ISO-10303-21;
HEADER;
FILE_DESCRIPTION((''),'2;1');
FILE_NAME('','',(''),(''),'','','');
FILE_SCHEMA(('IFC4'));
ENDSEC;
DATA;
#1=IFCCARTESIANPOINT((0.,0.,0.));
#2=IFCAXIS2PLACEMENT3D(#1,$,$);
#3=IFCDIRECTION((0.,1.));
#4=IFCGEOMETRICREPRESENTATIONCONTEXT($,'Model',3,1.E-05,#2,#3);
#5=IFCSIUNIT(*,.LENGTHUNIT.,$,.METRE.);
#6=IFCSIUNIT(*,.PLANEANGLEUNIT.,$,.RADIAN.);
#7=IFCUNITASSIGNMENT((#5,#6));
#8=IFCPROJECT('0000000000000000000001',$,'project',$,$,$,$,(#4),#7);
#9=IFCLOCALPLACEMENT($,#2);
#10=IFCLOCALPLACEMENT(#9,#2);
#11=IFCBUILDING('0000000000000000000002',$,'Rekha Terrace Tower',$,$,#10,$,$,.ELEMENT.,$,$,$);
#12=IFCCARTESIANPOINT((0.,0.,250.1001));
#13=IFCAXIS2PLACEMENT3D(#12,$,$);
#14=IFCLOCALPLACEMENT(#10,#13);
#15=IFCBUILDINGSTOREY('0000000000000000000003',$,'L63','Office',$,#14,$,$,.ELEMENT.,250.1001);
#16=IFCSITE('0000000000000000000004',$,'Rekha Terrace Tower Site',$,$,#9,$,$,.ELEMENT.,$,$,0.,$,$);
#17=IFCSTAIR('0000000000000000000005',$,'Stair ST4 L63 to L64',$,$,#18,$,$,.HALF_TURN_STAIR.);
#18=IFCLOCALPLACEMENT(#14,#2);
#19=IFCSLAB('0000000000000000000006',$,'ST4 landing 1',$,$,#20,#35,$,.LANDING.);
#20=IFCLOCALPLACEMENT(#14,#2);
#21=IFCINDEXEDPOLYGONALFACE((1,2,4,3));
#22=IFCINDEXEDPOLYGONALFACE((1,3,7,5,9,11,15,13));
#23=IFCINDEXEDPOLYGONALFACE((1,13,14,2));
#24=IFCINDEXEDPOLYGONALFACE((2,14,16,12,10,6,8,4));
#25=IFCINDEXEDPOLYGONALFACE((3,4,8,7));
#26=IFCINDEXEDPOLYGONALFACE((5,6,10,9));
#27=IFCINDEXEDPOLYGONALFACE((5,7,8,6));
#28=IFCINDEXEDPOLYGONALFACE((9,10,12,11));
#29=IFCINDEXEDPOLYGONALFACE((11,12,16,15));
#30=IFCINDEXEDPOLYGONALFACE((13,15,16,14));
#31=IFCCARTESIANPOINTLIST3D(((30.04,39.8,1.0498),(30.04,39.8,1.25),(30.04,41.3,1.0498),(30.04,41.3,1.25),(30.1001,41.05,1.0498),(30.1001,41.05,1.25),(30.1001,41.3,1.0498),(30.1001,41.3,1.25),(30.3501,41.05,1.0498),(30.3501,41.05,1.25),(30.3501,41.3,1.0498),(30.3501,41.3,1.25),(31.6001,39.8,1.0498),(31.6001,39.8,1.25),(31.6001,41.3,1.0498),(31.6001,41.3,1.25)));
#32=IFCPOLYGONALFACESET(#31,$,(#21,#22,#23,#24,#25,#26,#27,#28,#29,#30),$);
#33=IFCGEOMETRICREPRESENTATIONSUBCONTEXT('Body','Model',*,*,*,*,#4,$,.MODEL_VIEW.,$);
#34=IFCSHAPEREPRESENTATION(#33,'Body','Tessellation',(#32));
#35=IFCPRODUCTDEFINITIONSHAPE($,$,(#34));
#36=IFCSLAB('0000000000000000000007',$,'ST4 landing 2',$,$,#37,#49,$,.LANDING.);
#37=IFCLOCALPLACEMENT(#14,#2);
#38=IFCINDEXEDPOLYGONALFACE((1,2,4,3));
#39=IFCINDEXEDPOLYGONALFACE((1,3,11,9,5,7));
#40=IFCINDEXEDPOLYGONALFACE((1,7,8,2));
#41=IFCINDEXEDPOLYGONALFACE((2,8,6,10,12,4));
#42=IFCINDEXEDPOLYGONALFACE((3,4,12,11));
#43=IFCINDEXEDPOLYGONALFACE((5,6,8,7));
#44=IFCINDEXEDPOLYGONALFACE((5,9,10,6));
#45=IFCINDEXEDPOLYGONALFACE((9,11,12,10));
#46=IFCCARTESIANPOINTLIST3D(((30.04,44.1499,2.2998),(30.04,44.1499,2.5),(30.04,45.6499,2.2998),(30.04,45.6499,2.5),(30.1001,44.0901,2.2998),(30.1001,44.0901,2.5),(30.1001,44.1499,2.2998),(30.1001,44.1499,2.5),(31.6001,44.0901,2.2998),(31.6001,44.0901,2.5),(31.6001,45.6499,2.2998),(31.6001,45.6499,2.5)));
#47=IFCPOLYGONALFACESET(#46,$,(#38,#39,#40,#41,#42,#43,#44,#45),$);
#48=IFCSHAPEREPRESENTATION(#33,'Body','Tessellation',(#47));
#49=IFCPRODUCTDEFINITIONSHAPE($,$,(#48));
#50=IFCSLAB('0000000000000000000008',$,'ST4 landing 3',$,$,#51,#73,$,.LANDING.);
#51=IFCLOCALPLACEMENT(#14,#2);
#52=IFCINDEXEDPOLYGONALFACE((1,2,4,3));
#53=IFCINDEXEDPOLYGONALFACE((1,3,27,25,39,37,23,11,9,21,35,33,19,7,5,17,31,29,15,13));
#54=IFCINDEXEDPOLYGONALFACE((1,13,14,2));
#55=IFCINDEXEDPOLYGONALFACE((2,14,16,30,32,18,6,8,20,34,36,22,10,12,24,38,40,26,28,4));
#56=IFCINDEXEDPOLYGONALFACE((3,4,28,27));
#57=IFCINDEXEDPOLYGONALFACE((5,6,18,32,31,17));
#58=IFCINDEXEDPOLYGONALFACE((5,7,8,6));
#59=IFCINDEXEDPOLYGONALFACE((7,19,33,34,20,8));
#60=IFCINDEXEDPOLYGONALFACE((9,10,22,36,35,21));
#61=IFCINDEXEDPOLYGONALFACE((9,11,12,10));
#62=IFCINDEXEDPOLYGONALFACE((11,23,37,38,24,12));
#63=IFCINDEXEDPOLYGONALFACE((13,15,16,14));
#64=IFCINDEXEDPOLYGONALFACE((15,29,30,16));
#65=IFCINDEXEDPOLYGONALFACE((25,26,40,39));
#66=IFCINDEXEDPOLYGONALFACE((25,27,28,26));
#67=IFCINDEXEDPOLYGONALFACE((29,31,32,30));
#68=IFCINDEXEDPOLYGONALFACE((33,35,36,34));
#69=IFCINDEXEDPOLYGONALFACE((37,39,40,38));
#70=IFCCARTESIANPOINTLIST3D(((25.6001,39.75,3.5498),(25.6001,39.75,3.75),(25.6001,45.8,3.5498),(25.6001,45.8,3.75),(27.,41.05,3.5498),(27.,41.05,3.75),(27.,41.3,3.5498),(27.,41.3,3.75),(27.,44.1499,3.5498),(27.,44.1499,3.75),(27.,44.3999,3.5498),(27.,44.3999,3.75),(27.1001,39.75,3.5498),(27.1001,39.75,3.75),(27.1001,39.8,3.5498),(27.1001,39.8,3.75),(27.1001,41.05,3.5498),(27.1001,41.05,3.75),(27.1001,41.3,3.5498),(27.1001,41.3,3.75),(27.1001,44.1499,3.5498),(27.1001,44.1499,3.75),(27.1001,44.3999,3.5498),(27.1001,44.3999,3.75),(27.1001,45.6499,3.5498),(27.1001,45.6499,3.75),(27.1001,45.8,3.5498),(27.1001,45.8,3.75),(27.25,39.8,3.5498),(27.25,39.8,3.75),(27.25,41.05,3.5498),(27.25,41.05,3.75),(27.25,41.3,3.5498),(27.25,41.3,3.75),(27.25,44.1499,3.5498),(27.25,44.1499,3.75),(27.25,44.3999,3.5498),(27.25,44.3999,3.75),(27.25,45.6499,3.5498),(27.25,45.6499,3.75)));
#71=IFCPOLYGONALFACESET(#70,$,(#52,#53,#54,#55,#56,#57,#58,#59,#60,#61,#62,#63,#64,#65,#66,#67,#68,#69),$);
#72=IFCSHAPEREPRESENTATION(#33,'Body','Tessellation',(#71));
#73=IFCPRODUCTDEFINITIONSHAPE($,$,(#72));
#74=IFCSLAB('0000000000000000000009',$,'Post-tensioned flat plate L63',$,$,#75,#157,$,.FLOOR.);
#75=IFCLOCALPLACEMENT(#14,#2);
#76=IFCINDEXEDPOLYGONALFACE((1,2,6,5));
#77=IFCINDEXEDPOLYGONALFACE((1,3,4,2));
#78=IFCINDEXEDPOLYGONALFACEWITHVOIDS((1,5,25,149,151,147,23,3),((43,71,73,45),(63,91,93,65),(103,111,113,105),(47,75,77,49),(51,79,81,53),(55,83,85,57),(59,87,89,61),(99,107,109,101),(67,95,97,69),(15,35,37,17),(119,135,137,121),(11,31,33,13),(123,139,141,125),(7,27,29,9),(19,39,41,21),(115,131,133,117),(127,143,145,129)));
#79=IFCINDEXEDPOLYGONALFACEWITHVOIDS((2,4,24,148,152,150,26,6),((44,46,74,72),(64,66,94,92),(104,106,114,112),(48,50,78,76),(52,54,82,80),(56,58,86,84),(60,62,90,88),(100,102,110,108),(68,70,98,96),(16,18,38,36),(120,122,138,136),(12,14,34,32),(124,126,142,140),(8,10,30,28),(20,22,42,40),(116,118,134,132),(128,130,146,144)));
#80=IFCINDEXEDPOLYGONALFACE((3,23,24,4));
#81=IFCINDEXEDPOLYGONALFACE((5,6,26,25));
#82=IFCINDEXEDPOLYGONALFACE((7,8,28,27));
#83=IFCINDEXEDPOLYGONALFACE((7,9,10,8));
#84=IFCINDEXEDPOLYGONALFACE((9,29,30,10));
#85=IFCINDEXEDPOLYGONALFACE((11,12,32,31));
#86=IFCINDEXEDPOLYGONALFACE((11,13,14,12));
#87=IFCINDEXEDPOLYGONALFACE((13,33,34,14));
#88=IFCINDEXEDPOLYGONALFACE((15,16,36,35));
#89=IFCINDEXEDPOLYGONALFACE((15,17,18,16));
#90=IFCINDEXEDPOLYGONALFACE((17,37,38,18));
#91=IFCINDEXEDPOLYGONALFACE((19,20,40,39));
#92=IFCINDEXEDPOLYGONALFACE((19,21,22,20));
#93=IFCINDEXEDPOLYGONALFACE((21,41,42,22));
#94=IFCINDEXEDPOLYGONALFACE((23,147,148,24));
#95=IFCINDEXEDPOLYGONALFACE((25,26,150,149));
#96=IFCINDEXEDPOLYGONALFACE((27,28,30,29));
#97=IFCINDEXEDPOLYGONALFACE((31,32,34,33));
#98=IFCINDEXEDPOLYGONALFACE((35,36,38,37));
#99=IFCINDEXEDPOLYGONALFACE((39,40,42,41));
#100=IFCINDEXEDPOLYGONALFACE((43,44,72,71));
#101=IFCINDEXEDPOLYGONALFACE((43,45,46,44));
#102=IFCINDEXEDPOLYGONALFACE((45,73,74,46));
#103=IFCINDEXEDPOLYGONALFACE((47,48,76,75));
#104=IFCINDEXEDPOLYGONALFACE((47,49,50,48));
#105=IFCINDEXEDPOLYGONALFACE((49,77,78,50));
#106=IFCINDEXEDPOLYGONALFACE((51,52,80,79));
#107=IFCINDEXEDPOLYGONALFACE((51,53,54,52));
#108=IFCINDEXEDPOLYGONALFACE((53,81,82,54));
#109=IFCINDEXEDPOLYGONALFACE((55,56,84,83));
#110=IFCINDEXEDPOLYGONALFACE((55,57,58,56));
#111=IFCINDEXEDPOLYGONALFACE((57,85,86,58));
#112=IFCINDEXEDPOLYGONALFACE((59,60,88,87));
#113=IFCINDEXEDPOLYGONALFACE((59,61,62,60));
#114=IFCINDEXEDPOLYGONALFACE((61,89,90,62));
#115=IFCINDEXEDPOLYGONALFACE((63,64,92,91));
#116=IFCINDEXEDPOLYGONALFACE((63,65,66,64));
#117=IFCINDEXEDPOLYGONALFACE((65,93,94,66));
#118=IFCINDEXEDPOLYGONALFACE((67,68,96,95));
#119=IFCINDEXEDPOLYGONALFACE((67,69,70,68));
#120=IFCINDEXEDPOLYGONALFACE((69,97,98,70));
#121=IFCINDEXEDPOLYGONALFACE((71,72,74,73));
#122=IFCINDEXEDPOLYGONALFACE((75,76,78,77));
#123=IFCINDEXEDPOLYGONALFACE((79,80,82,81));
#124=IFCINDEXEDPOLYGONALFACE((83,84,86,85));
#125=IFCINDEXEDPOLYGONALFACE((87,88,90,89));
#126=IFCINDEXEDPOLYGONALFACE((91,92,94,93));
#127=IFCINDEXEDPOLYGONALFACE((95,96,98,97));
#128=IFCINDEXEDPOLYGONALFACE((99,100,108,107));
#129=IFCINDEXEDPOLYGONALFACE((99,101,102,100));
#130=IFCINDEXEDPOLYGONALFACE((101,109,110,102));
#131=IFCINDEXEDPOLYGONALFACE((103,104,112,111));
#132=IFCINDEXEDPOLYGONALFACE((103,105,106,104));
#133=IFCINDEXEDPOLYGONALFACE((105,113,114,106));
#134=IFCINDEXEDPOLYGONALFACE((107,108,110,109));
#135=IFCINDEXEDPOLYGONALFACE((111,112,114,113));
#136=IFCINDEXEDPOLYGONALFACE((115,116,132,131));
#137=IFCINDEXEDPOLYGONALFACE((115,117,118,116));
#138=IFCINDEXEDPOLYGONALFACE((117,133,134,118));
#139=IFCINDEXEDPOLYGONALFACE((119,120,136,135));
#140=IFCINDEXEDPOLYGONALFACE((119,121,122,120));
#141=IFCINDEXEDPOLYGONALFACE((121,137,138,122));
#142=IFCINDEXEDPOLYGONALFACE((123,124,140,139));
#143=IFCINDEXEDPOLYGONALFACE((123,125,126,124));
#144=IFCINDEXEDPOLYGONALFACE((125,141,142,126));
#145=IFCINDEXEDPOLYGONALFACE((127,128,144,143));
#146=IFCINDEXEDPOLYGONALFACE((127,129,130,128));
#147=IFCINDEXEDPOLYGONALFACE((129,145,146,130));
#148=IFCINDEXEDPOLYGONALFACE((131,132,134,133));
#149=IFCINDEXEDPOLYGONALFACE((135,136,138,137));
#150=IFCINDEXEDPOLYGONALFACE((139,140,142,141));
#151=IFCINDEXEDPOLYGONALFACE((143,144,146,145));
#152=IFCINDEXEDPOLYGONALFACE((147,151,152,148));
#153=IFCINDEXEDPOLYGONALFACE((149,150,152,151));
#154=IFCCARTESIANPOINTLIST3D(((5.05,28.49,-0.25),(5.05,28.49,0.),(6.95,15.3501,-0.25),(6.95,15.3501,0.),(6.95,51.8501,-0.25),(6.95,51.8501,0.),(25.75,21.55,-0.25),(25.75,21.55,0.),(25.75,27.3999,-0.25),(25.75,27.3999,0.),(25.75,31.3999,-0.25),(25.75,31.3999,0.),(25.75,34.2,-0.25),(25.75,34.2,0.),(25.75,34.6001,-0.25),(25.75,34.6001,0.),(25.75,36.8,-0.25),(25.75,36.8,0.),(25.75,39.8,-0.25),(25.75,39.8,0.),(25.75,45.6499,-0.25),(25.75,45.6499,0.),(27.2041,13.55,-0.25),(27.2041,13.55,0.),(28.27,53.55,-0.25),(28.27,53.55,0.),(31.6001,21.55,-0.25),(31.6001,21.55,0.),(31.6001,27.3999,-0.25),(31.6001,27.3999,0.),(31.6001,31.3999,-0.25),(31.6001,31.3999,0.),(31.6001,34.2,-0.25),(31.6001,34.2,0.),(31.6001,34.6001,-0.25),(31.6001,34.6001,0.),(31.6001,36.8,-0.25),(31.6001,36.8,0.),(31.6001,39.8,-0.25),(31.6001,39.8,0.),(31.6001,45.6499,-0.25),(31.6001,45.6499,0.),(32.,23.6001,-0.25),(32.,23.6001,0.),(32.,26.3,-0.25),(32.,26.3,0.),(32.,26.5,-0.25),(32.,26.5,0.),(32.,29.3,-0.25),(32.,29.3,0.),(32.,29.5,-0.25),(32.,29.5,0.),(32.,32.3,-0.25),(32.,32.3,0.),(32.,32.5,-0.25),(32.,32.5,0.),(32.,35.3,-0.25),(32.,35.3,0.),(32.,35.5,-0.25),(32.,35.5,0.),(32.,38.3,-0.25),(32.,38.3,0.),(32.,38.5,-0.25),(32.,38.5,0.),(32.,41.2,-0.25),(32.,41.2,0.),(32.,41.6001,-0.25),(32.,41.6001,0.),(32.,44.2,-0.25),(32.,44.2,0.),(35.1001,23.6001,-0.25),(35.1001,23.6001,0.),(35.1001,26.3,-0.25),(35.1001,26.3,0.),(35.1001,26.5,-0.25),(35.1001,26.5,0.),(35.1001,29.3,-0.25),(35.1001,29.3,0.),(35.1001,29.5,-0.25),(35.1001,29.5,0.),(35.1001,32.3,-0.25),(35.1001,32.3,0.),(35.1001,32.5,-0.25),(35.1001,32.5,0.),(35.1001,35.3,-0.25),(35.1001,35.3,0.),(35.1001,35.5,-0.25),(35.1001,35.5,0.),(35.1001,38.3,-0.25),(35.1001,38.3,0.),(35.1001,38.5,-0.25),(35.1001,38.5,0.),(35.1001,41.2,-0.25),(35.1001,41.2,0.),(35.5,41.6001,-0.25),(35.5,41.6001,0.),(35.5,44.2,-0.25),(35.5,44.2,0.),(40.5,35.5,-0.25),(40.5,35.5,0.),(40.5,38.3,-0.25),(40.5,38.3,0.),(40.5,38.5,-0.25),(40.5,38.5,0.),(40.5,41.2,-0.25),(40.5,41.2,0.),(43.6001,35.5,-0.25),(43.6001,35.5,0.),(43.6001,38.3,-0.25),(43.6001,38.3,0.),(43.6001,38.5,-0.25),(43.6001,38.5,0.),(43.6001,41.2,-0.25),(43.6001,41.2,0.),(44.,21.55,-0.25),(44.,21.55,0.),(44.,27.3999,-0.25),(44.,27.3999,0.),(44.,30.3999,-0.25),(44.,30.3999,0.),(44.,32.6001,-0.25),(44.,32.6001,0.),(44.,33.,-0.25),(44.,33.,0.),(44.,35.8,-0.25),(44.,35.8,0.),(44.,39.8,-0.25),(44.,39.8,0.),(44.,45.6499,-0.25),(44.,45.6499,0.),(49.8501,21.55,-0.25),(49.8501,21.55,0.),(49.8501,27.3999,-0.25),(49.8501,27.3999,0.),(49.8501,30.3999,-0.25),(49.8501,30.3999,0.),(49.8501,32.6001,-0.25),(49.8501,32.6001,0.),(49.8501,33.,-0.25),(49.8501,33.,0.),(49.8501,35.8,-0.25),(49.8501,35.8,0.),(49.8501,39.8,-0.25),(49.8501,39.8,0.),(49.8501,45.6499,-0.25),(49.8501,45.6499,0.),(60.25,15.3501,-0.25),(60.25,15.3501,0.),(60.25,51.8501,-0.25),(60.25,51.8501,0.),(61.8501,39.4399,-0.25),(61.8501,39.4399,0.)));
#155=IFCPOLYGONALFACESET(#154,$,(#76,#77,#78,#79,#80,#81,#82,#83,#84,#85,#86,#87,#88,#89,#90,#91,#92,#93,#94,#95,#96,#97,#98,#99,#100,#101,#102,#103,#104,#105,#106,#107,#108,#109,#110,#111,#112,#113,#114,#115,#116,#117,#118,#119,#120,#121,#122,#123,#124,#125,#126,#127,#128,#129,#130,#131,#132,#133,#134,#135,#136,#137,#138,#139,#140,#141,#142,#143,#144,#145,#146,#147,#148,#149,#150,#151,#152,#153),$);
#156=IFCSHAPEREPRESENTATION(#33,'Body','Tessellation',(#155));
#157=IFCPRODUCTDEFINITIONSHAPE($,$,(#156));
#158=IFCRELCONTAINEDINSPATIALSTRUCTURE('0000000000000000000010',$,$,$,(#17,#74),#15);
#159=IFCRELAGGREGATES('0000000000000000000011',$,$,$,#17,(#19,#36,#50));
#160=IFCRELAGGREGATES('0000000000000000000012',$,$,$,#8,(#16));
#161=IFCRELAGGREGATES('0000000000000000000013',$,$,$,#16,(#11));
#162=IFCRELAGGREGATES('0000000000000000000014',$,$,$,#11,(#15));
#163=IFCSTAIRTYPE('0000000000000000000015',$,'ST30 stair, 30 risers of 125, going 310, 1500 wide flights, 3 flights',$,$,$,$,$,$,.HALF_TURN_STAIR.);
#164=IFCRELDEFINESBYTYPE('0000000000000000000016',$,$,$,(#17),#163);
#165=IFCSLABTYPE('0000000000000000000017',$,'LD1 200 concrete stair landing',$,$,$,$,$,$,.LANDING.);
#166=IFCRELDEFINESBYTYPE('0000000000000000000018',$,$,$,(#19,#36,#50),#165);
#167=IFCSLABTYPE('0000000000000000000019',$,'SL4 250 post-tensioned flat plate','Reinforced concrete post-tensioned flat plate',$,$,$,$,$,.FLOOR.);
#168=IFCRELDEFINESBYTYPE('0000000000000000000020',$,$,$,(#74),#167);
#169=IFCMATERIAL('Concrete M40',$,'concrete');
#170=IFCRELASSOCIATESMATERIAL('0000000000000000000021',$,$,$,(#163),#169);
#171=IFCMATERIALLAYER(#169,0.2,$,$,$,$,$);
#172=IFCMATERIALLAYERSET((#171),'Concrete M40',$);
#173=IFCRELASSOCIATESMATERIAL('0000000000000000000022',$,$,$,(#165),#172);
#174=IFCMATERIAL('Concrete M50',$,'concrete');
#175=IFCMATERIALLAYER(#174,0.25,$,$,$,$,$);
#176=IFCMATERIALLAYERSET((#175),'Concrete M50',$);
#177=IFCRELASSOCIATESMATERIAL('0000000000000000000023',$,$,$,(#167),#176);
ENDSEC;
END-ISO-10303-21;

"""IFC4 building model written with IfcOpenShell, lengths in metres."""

from ifc_helpers import new_model, si_unit, direction, frame, origin, place, context, subcontext, project, spatial, polyline, outline, extrude, material, layer, layer_set, type_object, element, aggregate, save


model = new_model("IFC4")

# Units and contexts
model_context = context("Model", 3, precision=1e-05, world=origin(), true_north=direction((0.0, 1.0)))
body_context = subcontext(model_context, "Body", "Model", "MODEL_VIEW")
ifc_project = project(units=[si_unit("LENGTHUNIT", "METRE"), si_unit("PLANEANGLEUNIT", "RADIAN")], contexts=[model_context])

# Site, building, storey
site_placement = place(None, origin())
site = spatial("IfcSite", under=ifc_project, at=site_placement, Name="Rekha Terrace Tower Site", CompositionType="ELEMENT", RefElevation=0.0)
building_placement = place(site_placement, origin())
building = spatial("IfcBuilding", under=site, at=building_placement, Name="Rekha Terrace Tower", CompositionType="ELEMENT")
storey_placement = place(building_placement, frame((0.0, 0.0, 250.1001)))
storey = spatial("IfcBuildingStorey", under=building, at=storey_placement, Name="L63", Description="Office", CompositionType="ELEMENT", Elevation=250.1001)

# Stair, slabs
ifc_material_1 = material(Name="Concrete M40", Category="concrete")
stair_type = type_object("IfcStairType", Name="ST30 stair, 30 risers of 125, going 310, 1500 wide flights, 3 flights", PredefinedType="HALF_TURN_STAIR", material=ifc_material_1)
ifc_layer_1 = layer(ifc_material_1, 0.2)
ifc_layer_set_1 = layer_set([ifc_layer_1], Name="Concrete M40")
slab_type_1 = type_object("IfcSlabType", Name="LD1 200 concrete stair landing", PredefinedType="LANDING", material=ifc_layer_set_1)
stair_1_placement = place(storey_placement, origin())
stair_1 = element("IfcStair", 1, at=stair_1_placement, inside=storey, type_object=stair_type, Name="Stair ST4 L63 to L64", PredefinedType="HALF_TURN_STAIR")
slab_1_placement = place(storey_placement, frame((0.0, 0.0, 1.0498)))
slab_1 = element("IfcSlab", 2, at=slab_1_placement, type_object=slab_type_1, Name="ST4 landing 1", PredefinedType="LANDING", context=body_context, shape_type="SweptSolid", body=[
    extrude(outline(polyline([(31.6001, 41.3), (31.6001, 39.8), (30.04, 39.8), (30.04, 41.3), (30.1001, 41.3), (30.1001, 41.05), (30.3501, 41.05), (30.3501, 41.3), (31.6001, 41.3)])), origin(), (0.0, 0.0, 1.0), 0.2002),
])
slab_2_placement = place(storey_placement, frame((0.0, 0.0, 2.2998)))
slab_2 = element("IfcSlab", 3, at=slab_2_placement, type_object=slab_type_1, Name="ST4 landing 2", PredefinedType="LANDING", context=body_context, shape_type="SweptSolid", body=[
    extrude(outline(polyline([(30.04, 44.1499), (30.04, 45.6499), (31.6001, 45.6499), (31.6001, 44.0901), (30.1001, 44.0901), (30.1001, 44.1499), (30.04, 44.1499)])), origin(), (0.0, 0.0, 1.0), 0.2002),
])
slab_3_placement = place(storey_placement, frame((0.0, 0.0, 3.5498)))
slab_3 = element("IfcSlab", 4, at=slab_3_placement, type_object=slab_type_1, Name="ST4 landing 3", PredefinedType="LANDING", context=body_context, shape_type="SweptSolid", body=[
    extrude(outline(polyline([(27.1001, 39.75), (25.6001, 39.75), (25.6001, 45.8), (27.1001, 45.8), (27.1001, 45.6499), (27.25, 45.6499), (27.25, 44.3999), (27.1001, 44.3999), (27.0, 44.3999), (27.0, 44.1499), (27.1001, 44.1499), (27.25, 44.1499), (27.25, 41.3), (27.1001, 41.3), (27.0, 41.3), (27.0, 41.05), (27.1001, 41.05), (27.25, 41.05), (27.25, 39.8), (27.1001, 39.8), (27.1001, 39.75)])), origin(), (0.0, 0.0, 1.0), 0.2002),
])
aggregate(stair_1, [slab_1, slab_2, slab_3])

# Slab
ifc_material_2 = material(Name="Concrete M50", Category="concrete")
ifc_layer_2 = layer(ifc_material_2, 0.25)
ifc_layer_set_2 = layer_set([ifc_layer_2], Name="Concrete M50")
slab_type_2 = type_object("IfcSlabType", Name="SL4 250 post-tensioned flat plate", Description="Reinforced concrete post-tensioned flat plate", PredefinedType="FLOOR", material=ifc_layer_set_2)
slab_4_placement = place(storey_placement, frame((0.0, 0.0, -0.25)))
element("IfcSlab", 5, at=slab_4_placement, inside=storey, type_object=slab_type_2, Name="Post-tensioned flat plate L63", PredefinedType="FLOOR", context=body_context, shape_type="SweptSolid", body=[
    extrude(outline(polyline([(5.05, 28.49), (6.95, 15.3501), (27.2041, 13.55), (60.25, 15.3501), (61.8501, 39.4399), (60.25, 51.8501), (28.27, 53.55), (6.95, 51.8501), (5.05, 28.49)]), holes=[polyline([(31.6001, 27.3999), (31.6001, 21.55), (25.75, 21.55), (25.75, 27.3999), (31.6001, 27.3999)]), polyline([(35.1001, 26.3), (35.1001, 23.6001), (32.0, 23.6001), (32.0, 26.3), (35.1001, 26.3)]), polyline([(35.1001, 29.3), (35.1001, 26.5), (32.0, 26.5), (32.0, 29.3), (35.1001, 29.3)]), polyline([(35.1001, 32.3), (35.1001, 29.5), (32.0, 29.5), (32.0, 32.3), (35.1001, 32.3)]), polyline([(31.6001, 34.2), (31.6001, 31.3999), (25.75, 31.3999), (25.75, 34.2), (31.6001, 34.2)]), polyline([(35.1001, 35.3), (35.1001, 32.5), (32.0, 32.5), (32.0, 35.3), (35.1001, 35.3)]), polyline([(31.6001, 36.8), (31.6001, 34.6001), (25.75, 34.6001), (25.75, 36.8), (31.6001, 36.8)]), polyline([(35.1001, 38.3), (35.1001, 35.5), (32.0, 35.5), (32.0, 38.3), (35.1001, 38.3)]), polyline([(31.6001, 45.6499), (31.6001, 39.8), (25.75, 39.8), (25.75, 45.6499), (31.6001, 45.6499)]), polyline([(49.8501, 27.3999), (49.8501, 21.55), (44.0, 21.55), (44.0, 27.3999), (49.8501, 27.3999)]), polyline([(49.8501, 32.6001), (49.8501, 30.3999), (44.0, 30.3999), (44.0, 32.6001), (49.8501, 32.6001)]), polyline([(49.8501, 35.8), (49.8501, 33.0), (44.0, 33.0), (44.0, 35.8), (49.8501, 35.8)]), polyline([(43.6001, 38.3), (43.6001, 35.5), (40.5, 35.5), (40.5, 38.3), (43.6001, 38.3)]), polyline([(35.1001, 41.2), (35.1001, 38.5), (32.0, 38.5), (32.0, 41.2), (35.1001, 41.2)]), polyline([(43.6001, 41.2), (43.6001, 38.5), (40.5, 38.5), (40.5, 41.2), (43.6001, 41.2)]), polyline([(49.8501, 39.8), (44.0, 39.8), (44.0, 45.6499), (49.8501, 45.6499), (49.8501, 39.8)]), polyline([(35.5, 41.6001), (32.0, 41.6001), (32.0, 44.2), (35.5, 44.2), (35.5, 41.6001)])]), origin(), (0.0, 0.0, 1.0), 0.25),
])

save(model, "model.ifc")
